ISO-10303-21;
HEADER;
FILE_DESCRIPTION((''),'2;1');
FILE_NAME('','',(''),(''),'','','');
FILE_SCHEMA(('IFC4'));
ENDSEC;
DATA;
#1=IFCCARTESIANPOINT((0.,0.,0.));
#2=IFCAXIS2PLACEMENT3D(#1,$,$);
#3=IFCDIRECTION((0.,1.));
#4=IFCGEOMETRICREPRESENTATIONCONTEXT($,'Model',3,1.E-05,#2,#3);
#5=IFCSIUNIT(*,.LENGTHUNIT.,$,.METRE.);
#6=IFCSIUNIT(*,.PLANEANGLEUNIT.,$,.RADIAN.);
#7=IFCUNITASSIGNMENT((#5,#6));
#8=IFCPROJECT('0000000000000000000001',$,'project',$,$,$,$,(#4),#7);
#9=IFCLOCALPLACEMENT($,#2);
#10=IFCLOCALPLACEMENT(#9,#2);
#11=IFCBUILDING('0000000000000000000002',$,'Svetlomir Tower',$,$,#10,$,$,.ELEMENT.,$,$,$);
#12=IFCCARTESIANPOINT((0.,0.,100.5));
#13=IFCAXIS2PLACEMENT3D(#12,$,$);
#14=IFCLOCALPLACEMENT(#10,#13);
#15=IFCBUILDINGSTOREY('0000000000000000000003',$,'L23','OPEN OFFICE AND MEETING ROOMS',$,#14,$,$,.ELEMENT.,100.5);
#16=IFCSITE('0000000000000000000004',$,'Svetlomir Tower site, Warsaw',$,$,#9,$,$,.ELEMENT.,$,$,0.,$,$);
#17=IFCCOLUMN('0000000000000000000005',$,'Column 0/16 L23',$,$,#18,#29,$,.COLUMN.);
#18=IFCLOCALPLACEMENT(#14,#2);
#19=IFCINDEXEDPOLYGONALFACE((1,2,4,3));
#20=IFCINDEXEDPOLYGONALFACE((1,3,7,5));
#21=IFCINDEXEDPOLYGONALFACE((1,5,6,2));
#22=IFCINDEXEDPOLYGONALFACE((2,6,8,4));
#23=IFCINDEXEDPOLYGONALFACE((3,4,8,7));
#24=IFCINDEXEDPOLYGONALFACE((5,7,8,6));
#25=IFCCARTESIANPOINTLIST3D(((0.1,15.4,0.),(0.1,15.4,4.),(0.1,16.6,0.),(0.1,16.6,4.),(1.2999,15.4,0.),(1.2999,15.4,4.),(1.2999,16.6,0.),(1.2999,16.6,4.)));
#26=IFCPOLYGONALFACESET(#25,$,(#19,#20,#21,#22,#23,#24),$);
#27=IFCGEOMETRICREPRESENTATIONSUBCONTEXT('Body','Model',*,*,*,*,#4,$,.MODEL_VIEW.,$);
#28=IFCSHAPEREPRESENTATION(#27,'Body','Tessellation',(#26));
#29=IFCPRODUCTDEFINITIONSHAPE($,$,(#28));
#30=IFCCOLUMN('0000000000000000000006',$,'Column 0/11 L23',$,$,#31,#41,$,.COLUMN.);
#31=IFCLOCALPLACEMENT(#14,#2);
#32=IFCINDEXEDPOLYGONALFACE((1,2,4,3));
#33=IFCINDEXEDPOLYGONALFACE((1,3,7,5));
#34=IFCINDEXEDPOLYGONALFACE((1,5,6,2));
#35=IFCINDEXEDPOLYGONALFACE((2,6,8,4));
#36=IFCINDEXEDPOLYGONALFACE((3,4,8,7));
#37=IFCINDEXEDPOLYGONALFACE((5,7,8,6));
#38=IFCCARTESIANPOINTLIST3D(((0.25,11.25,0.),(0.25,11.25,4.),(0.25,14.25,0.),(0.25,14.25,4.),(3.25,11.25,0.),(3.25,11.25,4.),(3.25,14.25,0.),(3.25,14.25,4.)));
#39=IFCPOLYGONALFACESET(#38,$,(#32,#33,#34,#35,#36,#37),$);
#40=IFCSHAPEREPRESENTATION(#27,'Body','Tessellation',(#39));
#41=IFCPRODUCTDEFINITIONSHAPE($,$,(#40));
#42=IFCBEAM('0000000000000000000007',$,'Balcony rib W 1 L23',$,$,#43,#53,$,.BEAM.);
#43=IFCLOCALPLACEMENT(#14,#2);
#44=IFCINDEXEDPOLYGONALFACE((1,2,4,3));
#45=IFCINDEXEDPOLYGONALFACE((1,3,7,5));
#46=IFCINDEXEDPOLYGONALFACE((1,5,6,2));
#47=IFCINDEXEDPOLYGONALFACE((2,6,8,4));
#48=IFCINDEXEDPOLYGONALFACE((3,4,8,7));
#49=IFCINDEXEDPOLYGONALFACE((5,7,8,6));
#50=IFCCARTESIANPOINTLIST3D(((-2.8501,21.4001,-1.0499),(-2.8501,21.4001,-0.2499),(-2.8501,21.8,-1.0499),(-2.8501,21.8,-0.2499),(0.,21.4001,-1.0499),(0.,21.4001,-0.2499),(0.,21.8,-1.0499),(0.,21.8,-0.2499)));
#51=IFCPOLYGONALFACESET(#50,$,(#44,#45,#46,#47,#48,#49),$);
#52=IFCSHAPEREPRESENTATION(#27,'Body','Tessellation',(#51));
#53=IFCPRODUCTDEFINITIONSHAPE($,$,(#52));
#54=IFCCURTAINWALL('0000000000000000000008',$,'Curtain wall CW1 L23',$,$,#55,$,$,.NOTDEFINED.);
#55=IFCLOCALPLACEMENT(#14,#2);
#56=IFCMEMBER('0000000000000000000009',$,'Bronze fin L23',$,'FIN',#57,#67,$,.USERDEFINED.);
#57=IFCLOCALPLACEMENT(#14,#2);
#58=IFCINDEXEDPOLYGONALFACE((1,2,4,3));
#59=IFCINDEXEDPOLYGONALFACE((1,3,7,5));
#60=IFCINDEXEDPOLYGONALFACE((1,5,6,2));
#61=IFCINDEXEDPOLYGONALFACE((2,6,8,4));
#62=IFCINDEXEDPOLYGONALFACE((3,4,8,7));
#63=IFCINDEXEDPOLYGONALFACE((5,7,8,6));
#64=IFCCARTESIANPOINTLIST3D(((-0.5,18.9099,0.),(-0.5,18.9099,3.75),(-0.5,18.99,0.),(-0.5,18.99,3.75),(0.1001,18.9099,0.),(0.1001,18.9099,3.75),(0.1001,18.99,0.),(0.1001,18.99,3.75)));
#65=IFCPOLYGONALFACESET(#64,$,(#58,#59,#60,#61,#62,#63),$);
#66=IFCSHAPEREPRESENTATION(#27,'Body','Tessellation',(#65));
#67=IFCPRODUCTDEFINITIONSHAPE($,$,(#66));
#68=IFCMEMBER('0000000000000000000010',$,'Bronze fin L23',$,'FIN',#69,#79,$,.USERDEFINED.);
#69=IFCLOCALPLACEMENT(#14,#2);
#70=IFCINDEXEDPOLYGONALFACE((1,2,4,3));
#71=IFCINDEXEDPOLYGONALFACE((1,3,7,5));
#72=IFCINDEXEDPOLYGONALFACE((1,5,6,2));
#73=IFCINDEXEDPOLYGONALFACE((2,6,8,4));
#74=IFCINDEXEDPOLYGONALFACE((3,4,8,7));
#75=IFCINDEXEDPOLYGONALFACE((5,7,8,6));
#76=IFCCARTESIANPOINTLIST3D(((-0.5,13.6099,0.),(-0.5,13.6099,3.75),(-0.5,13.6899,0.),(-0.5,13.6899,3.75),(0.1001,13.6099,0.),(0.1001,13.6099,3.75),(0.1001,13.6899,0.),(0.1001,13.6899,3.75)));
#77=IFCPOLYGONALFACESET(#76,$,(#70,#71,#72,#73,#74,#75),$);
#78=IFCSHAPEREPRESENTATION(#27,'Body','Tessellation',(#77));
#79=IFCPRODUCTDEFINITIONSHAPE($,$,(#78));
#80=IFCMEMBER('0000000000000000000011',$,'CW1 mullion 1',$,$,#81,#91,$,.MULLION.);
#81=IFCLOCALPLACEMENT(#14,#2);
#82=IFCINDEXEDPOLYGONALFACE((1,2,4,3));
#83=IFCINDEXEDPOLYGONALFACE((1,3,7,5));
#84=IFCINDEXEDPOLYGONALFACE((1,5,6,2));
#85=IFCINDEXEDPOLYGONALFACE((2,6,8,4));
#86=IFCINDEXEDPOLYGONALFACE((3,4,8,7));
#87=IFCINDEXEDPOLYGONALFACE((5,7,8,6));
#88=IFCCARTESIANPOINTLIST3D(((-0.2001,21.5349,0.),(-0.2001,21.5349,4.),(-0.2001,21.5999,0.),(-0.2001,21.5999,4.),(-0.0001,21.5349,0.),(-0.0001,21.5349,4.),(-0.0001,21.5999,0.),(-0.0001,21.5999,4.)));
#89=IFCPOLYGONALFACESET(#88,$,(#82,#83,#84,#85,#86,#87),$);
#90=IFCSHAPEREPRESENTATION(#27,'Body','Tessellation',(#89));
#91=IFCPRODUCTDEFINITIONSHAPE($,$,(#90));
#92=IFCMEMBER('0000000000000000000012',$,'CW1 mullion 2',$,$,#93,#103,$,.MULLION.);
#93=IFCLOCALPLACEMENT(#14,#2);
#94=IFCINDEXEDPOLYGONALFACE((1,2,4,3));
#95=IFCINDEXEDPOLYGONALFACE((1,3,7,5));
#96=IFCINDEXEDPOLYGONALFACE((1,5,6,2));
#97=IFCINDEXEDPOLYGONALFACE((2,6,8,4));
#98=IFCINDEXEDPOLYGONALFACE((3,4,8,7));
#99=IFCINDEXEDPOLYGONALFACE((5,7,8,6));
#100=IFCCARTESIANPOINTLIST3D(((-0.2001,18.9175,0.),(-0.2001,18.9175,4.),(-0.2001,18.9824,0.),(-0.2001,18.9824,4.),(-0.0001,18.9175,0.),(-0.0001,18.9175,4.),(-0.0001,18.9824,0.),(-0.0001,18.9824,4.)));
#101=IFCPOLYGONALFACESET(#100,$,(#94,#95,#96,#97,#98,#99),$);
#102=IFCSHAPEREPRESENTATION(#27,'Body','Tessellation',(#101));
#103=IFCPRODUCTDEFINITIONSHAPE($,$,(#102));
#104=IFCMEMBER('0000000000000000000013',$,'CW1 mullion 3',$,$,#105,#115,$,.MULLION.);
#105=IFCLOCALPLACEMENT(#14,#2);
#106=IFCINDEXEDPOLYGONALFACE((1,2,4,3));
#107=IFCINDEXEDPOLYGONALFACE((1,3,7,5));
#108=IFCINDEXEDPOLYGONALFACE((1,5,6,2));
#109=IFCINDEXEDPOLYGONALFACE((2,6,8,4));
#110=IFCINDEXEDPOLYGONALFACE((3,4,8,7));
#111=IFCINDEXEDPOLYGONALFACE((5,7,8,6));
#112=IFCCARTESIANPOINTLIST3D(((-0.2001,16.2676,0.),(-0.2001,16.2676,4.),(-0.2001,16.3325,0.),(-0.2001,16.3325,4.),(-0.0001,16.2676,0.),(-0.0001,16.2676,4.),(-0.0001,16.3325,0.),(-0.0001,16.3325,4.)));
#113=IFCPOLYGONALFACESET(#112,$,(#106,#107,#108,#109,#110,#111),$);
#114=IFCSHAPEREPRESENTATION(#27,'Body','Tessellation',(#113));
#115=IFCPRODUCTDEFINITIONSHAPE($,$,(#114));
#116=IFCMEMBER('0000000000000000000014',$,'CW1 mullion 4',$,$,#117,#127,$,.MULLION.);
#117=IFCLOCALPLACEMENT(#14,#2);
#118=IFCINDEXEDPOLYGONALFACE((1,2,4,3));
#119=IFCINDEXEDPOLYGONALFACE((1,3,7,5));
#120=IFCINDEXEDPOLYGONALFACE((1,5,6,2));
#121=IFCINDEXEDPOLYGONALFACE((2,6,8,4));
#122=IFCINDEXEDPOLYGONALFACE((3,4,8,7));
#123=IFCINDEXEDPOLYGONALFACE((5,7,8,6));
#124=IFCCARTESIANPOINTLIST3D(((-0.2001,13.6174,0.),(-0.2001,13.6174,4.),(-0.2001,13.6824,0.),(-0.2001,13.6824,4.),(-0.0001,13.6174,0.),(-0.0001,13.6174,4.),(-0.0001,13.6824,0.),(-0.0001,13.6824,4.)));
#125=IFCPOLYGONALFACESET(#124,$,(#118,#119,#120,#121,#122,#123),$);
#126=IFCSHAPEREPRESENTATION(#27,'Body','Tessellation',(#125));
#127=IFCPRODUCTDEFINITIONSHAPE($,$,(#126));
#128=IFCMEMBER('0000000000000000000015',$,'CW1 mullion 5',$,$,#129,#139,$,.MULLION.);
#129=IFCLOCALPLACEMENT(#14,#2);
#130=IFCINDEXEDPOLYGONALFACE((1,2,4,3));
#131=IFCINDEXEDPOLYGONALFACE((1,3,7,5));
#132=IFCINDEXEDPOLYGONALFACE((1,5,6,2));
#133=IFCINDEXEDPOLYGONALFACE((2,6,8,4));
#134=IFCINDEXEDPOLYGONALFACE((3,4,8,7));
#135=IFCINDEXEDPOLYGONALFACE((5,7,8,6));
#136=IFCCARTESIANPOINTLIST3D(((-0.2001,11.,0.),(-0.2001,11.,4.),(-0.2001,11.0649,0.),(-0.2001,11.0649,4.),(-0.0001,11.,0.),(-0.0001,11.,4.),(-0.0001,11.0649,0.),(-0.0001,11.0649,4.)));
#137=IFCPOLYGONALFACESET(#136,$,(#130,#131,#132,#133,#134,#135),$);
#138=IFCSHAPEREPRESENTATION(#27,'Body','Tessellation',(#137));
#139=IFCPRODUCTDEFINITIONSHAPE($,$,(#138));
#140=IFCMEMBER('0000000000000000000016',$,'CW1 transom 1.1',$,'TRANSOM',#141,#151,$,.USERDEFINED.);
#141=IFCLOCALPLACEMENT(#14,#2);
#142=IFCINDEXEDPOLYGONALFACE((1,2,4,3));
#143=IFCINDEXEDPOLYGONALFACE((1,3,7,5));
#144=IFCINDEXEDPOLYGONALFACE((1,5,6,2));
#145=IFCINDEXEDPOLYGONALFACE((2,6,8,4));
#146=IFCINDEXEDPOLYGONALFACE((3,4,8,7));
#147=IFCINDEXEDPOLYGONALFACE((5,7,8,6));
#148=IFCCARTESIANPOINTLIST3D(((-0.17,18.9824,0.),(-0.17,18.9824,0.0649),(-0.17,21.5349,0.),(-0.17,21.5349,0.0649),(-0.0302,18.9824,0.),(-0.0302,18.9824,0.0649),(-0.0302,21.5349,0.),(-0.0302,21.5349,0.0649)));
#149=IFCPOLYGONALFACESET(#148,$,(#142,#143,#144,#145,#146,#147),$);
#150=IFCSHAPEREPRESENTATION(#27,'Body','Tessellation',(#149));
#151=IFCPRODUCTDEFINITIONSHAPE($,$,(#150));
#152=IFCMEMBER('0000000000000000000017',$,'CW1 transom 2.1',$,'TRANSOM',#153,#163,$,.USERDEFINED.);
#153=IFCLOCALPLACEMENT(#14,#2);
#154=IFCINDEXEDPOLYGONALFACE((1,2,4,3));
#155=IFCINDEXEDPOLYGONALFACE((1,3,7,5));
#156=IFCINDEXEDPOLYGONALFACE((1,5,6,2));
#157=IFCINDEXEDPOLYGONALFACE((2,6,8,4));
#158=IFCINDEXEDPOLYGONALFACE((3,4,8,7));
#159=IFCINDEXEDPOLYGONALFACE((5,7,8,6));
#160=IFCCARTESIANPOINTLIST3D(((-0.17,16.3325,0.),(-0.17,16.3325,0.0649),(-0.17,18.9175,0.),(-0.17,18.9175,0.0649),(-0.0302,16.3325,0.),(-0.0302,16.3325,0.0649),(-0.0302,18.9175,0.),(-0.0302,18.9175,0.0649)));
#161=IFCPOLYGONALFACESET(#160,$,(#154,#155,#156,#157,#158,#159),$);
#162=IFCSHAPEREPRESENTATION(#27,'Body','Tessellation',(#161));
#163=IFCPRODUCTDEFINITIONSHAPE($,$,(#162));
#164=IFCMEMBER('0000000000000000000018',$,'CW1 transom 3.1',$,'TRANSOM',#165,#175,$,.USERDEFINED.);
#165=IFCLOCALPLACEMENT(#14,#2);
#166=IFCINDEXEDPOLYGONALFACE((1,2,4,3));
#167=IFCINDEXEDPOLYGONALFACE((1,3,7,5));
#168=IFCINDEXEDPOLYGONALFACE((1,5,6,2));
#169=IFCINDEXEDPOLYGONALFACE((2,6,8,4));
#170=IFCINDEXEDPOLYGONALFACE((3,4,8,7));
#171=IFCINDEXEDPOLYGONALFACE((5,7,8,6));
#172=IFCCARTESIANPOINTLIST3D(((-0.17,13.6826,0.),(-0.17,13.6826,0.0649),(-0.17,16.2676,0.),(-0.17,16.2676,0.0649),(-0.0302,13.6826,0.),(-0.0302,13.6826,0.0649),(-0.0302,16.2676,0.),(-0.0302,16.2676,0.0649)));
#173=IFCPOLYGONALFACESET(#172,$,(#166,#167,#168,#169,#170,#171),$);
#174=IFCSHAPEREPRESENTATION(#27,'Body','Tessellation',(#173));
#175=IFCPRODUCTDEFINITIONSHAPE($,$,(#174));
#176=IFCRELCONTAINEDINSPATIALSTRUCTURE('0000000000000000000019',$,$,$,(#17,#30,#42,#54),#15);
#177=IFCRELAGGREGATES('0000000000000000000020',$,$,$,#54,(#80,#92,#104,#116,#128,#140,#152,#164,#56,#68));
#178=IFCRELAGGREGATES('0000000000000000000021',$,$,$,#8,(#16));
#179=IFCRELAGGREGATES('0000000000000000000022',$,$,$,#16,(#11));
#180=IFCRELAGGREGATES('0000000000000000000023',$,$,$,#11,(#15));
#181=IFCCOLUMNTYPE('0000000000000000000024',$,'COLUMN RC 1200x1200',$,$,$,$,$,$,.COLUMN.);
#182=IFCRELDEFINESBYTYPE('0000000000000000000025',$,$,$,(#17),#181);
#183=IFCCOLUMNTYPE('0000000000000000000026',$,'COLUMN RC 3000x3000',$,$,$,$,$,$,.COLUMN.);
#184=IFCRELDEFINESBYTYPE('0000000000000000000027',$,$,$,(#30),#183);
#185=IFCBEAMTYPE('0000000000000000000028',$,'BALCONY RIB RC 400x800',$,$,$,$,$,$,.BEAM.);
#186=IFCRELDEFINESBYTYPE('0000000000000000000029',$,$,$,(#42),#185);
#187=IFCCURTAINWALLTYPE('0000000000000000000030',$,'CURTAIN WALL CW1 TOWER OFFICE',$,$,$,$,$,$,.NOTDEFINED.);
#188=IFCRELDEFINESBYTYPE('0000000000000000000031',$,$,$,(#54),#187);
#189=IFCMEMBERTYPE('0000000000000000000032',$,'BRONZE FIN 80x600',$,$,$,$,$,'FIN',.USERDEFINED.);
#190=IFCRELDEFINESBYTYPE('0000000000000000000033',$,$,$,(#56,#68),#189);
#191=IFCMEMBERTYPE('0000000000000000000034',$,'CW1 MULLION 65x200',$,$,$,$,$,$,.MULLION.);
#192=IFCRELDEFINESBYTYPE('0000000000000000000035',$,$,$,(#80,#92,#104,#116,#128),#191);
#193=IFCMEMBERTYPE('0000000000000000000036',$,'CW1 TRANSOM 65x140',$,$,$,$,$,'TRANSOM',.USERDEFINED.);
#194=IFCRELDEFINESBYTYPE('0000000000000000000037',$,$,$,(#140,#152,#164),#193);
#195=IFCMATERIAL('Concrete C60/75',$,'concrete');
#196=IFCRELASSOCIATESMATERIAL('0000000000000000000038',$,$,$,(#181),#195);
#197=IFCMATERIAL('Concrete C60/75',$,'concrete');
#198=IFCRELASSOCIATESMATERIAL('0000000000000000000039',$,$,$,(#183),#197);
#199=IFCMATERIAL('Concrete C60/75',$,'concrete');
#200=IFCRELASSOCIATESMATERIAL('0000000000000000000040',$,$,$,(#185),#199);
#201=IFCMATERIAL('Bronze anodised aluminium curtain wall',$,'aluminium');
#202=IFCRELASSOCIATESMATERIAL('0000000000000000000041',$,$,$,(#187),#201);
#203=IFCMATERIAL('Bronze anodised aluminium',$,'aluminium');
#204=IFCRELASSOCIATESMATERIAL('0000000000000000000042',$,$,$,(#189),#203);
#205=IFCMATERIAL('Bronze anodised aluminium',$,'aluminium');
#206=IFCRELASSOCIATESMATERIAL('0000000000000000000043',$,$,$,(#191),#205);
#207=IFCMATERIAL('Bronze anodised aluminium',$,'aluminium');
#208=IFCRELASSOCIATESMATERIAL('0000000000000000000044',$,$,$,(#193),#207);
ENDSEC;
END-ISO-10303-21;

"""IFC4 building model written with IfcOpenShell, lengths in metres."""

from ifc_helpers import new_model, si_unit, direction, frame, origin, origin_2d, place, context, subcontext, project, spatial, rectangle, extrude, material, material_profile, profile_set, type_object, element, aggregate, save


model = new_model("IFC4")

# Units and contexts
model_context = context("Model", 3, precision=1e-05, world=origin(), true_north=direction((0.0, 1.0)))
body_context = subcontext(model_context, "Body", "Model", "MODEL_VIEW")
ifc_project = project(units=[si_unit("LENGTHUNIT", "METRE"), si_unit("PLANEANGLEUNIT", "RADIAN")], contexts=[model_context])

# Site, building, storey
site_placement = place(None, origin())
site = spatial("IfcSite", under=ifc_project, at=site_placement, Name="Svetlomir Tower site, Warsaw", CompositionType="ELEMENT", RefElevation=0.0)
building_placement = place(site_placement, origin())
building = spatial("IfcBuilding", under=site, at=building_placement, Name="Svetlomir Tower", CompositionType="ELEMENT")
storey_placement = place(building_placement, frame((0.0, 0.0, 100.5)))
storey = spatial("IfcBuildingStorey", under=building, at=storey_placement, Name="L23", Description="OPEN OFFICE AND MEETING ROOMS", CompositionType="ELEMENT", Elevation=100.5)

# Columns
ifc_material_1 = material(Name="Concrete C60/75", Category="concrete")
ifc_material_profile_1 = material_profile(ifc_material_1, rectangle(XDim=1.2, YDim=1.2, at=origin_2d()), Name="RC 1200x1200")
ifc_profile_set_1 = profile_set([ifc_material_profile_1], Name="Concrete C60/75")
column_type_1 = type_object("IfcColumnType", Name="COLUMN RC 1200x1200", PredefinedType="COLUMN", material=ifc_profile_set_1)
column_1_placement = place(storey_placement, frame((0.7, 16.0, 0.0), z_axis=(0.0, 0.0, 1.0), x_axis=(1.0, 0.0, 0.0)))
element("IfcColumn", 1, at=column_1_placement, inside=storey, type_object=column_type_1, Name="Column 0/16 L23", PredefinedType="COLUMN", context=body_context, shape_type="SweptSolid", body=[
    extrude(rectangle(XDim=1.2, YDim=1.2, at=origin_2d()), origin(), (0.0, 0.0, 1.0), 4.0),
])
ifc_material_2 = material(Name="Concrete C60/75", Category="concrete")
ifc_material_profile_2 = material_profile(ifc_material_2, rectangle(XDim=3.0, YDim=3.0, at=origin_2d()), Name="RC 3000x3000")
ifc_profile_set_2 = profile_set([ifc_material_profile_2], Name="Concrete C60/75")
column_type_2 = type_object("IfcColumnType", Name="COLUMN RC 3000x3000", PredefinedType="COLUMN", material=ifc_profile_set_2)
column_2_placement = place(storey_placement, frame((1.75, 12.75, 0.0), z_axis=(0.0, 0.0, 1.0), x_axis=(1.0, 0.0, 0.0)))
element("IfcColumn", 2, at=column_2_placement, inside=storey, type_object=column_type_2, Name="Column 0/11 L23", PredefinedType="COLUMN", context=body_context, shape_type="SweptSolid", body=[
    extrude(rectangle(XDim=3.0, YDim=3.0, at=origin_2d()), origin(), (0.0, 0.0, 1.0), 4.0),
])

# Beam
ifc_material_3 = material(Name="Concrete C60/75", Category="concrete")
ifc_material_profile_3 = material_profile(ifc_material_3, rectangle(XDim=0.3999, YDim=0.8, at=origin_2d()), Name="RC 400x800")
ifc_profile_set_3 = profile_set([ifc_material_profile_3], Name="Concrete C60/75")
beam_type_1 = type_object("IfcBeamType", Name="BALCONY RIB RC 400x800", PredefinedType="BEAM", material=ifc_profile_set_3)
beam_1_placement = place(storey_placement, frame((0.0, 21.6001, -0.6499), z_axis=(-1.0, 0.0, 0.0), x_axis=(0.0, -1.0, 0.0)))
element("IfcBeam", 3, at=beam_1_placement, inside=storey, type_object=beam_type_1, Name="Balcony rib W 1 L23", PredefinedType="BEAM", context=body_context, shape_type="SweptSolid", body=[
    extrude(rectangle(XDim=0.3999, YDim=0.8, at=origin_2d()), origin(), (0.0, 0.0, 1.0), 2.8501),
])

# Curtain wall, members
ifc_material_4 = material(Name="Bronze anodised aluminium curtain wall", Category="aluminium")
curtain_wall_type = type_object("IfcCurtainWallType", Name="CURTAIN WALL CW1 TOWER OFFICE", PredefinedType="NOTDEFINED", material=ifc_material_4)
curtain_wall_1_placement = place(storey_placement, origin())
curtain_wall_1 = element("IfcCurtainWall", 4, at=curtain_wall_1_placement, inside=storey, type_object=curtain_wall_type, Name="Curtain wall CW1 L23", PredefinedType="NOTDEFINED")
ifc_material_5 = material(Name="Bronze anodised aluminium", Category="aluminium")
ifc_material_profile_4 = material_profile(ifc_material_5, rectangle(XDim=0.0801, YDim=0.6001, at=origin_2d()), Name="FIN 80x600")
ifc_profile_set_4 = profile_set([ifc_material_profile_4], Name="Bronze anodised aluminium 6063-T6")
member_type_1 = type_object("IfcMemberType", Name="BRONZE FIN 80x600", ElementType="FIN", PredefinedType="USERDEFINED", material=ifc_profile_set_4)
member_1_placement = place(storey_placement, frame((-0.2, 18.95, 0.0), z_axis=(0.0, 0.0, 1.0), x_axis=(0.0, 1.0, 0.0)))
member_1 = element("IfcMember", 5, at=member_1_placement, type_object=member_type_1, Name="Bronze fin L23", ObjectType="FIN", PredefinedType="USERDEFINED", context=body_context, shape_type="SweptSolid", body=[
    extrude(rectangle(XDim=0.0801, YDim=0.6001, at=origin_2d()), origin(), (0.0, 0.0, 1.0), 3.75),
])
member_2_placement = place(storey_placement, frame((-0.2, 13.6499, 0.0), z_axis=(0.0, 0.0, 1.0), x_axis=(0.0, 1.0, 0.0)))
member_2 = element("IfcMember", 6, at=member_2_placement, type_object=member_type_1, Name="Bronze fin L23", ObjectType="FIN", PredefinedType="USERDEFINED", context=body_context, shape_type="SweptSolid", body=[
    extrude(rectangle(XDim=0.0801, YDim=0.6001, at=origin_2d()), origin(), (0.0, 0.0, 1.0), 3.75),
])
ifc_material_6 = material(Name="Bronze anodised aluminium", Category="aluminium")
ifc_material_profile_5 = material_profile(ifc_material_6, rectangle(XDim=0.0649, YDim=0.2, at=origin_2d()), Name="AL 65x200")
ifc_profile_set_5 = profile_set([ifc_material_profile_5], Name="Bronze anodised aluminium 6063-T6")
member_type_2 = type_object("IfcMemberType", Name="CW1 MULLION 65x200", PredefinedType="MULLION", material=ifc_profile_set_5)
member_3_placement = place(storey_placement, frame((-0.1001, 21.5674, 0.0), z_axis=(0.0, 0.0, 1.0), x_axis=(0.0, -1.0, 0.0)))
member_3 = element("IfcMember", 7, at=member_3_placement, type_object=member_type_2, Name="CW1 mullion 1", PredefinedType="MULLION", context=body_context, shape_type="SweptSolid", body=[
    extrude(rectangle(XDim=0.0649, YDim=0.2, at=origin_2d()), origin(), (0.0, 0.0, 1.0), 4.0),
])
member_4_placement = place(storey_placement, frame((-0.1001, 18.95, 0.0), z_axis=(0.0, 0.0, 1.0), x_axis=(0.0, -1.0, 0.0)))
member_4 = element("IfcMember", 8, at=member_4_placement, type_object=member_type_2, Name="CW1 mullion 2", PredefinedType="MULLION", context=body_context, shape_type="SweptSolid", body=[
    extrude(rectangle(XDim=0.0649, YDim=0.2, at=origin_2d()), origin(), (0.0, 0.0, 1.0), 4.0),
])
member_5_placement = place(storey_placement, frame((-0.1001, 16.3, 0.0), z_axis=(0.0, 0.0, 1.0), x_axis=(0.0, -1.0, 0.0)))
member_5 = element("IfcMember", 9, at=member_5_placement, type_object=member_type_2, Name="CW1 mullion 3", PredefinedType="MULLION", context=body_context, shape_type="SweptSolid", body=[
    extrude(rectangle(XDim=0.0649, YDim=0.2, at=origin_2d()), origin(), (0.0, 0.0, 1.0), 4.0),
])
member_6_placement = place(storey_placement, frame((-0.1001, 13.6499, 0.0), z_axis=(0.0, 0.0, 1.0), x_axis=(0.0, -1.0, 0.0)))
member_6 = element("IfcMember", 10, at=member_6_placement, type_object=member_type_2, Name="CW1 mullion 4", PredefinedType="MULLION", context=body_context, shape_type="SweptSolid", body=[
    extrude(rectangle(XDim=0.0649, YDim=0.2, at=origin_2d()), origin(), (0.0, 0.0, 1.0), 4.0),
])
member_7_placement = place(storey_placement, frame((-0.1001, 11.0325, 0.0), z_axis=(0.0, 0.0, 1.0), x_axis=(0.0, -1.0, 0.0)))
member_7 = element("IfcMember", 11, at=member_7_placement, type_object=member_type_2, Name="CW1 mullion 5", PredefinedType="MULLION", context=body_context, shape_type="SweptSolid", body=[
    extrude(rectangle(XDim=0.0649, YDim=0.2, at=origin_2d()), origin(), (0.0, 0.0, 1.0), 4.0),
])
ifc_material_7 = material(Name="Bronze anodised aluminium", Category="aluminium")
ifc_material_profile_6 = material_profile(ifc_material_7, rectangle(XDim=0.1399, YDim=0.0649, at=origin_2d()), Name="AL 140x65")
ifc_profile_set_6 = profile_set([ifc_material_profile_6], Name="Bronze anodised aluminium 6063-T6")
member_type_3 = type_object("IfcMemberType", Name="CW1 TRANSOM 65x140", ElementType="TRANSOM", PredefinedType="USERDEFINED", material=ifc_profile_set_6)
member_8_placement = place(storey_placement, frame((-0.1001, 21.5349, 0.0325), z_axis=(0.0, -1.0, 0.0), x_axis=(1.0, 0.0, 0.0)))
member_8 = element("IfcMember", 12, at=member_8_placement, type_object=member_type_3, Name="CW1 transom 1.1", ObjectType="TRANSOM", PredefinedType="USERDEFINED", context=body_context, shape_type="SweptSolid", body=[
    extrude(rectangle(XDim=0.1399, YDim=0.0649, at=origin_2d()), origin(), (0.0, 0.0, 1.0), 2.5525),
])
member_9_placement = place(storey_placement, frame((-0.1001, 18.9175, 0.0325), z_axis=(0.0, -1.0, 0.0), x_axis=(1.0, 0.0, 0.0)))
member_9 = element("IfcMember", 13, at=member_9_placement, type_object=member_type_3, Name="CW1 transom 2.1", ObjectType="TRANSOM", PredefinedType="USERDEFINED", context=body_context, shape_type="SweptSolid", body=[
    extrude(rectangle(XDim=0.1399, YDim=0.0649, at=origin_2d()), origin(), (0.0, 0.0, 1.0), 2.585),
])
member_10_placement = place(storey_placement, frame((-0.1001, 16.2676, 0.0325), z_axis=(0.0, -1.0, 0.0), x_axis=(1.0, 0.0, 0.0)))
member_10 = element("IfcMember", 14, at=member_10_placement, type_object=member_type_3, Name="CW1 transom 3.1", ObjectType="TRANSOM", PredefinedType="USERDEFINED", context=body_context, shape_type="SweptSolid", body=[
    extrude(rectangle(XDim=0.1399, YDim=0.0649, at=origin_2d()), origin(), (0.0, 0.0, 1.0), 2.585),
])

aggregate(curtain_wall_1, [member_3, member_4, member_5, member_6, member_7, member_8, member_9, member_10, member_1, member_2])

save(model, "model.ifc")
